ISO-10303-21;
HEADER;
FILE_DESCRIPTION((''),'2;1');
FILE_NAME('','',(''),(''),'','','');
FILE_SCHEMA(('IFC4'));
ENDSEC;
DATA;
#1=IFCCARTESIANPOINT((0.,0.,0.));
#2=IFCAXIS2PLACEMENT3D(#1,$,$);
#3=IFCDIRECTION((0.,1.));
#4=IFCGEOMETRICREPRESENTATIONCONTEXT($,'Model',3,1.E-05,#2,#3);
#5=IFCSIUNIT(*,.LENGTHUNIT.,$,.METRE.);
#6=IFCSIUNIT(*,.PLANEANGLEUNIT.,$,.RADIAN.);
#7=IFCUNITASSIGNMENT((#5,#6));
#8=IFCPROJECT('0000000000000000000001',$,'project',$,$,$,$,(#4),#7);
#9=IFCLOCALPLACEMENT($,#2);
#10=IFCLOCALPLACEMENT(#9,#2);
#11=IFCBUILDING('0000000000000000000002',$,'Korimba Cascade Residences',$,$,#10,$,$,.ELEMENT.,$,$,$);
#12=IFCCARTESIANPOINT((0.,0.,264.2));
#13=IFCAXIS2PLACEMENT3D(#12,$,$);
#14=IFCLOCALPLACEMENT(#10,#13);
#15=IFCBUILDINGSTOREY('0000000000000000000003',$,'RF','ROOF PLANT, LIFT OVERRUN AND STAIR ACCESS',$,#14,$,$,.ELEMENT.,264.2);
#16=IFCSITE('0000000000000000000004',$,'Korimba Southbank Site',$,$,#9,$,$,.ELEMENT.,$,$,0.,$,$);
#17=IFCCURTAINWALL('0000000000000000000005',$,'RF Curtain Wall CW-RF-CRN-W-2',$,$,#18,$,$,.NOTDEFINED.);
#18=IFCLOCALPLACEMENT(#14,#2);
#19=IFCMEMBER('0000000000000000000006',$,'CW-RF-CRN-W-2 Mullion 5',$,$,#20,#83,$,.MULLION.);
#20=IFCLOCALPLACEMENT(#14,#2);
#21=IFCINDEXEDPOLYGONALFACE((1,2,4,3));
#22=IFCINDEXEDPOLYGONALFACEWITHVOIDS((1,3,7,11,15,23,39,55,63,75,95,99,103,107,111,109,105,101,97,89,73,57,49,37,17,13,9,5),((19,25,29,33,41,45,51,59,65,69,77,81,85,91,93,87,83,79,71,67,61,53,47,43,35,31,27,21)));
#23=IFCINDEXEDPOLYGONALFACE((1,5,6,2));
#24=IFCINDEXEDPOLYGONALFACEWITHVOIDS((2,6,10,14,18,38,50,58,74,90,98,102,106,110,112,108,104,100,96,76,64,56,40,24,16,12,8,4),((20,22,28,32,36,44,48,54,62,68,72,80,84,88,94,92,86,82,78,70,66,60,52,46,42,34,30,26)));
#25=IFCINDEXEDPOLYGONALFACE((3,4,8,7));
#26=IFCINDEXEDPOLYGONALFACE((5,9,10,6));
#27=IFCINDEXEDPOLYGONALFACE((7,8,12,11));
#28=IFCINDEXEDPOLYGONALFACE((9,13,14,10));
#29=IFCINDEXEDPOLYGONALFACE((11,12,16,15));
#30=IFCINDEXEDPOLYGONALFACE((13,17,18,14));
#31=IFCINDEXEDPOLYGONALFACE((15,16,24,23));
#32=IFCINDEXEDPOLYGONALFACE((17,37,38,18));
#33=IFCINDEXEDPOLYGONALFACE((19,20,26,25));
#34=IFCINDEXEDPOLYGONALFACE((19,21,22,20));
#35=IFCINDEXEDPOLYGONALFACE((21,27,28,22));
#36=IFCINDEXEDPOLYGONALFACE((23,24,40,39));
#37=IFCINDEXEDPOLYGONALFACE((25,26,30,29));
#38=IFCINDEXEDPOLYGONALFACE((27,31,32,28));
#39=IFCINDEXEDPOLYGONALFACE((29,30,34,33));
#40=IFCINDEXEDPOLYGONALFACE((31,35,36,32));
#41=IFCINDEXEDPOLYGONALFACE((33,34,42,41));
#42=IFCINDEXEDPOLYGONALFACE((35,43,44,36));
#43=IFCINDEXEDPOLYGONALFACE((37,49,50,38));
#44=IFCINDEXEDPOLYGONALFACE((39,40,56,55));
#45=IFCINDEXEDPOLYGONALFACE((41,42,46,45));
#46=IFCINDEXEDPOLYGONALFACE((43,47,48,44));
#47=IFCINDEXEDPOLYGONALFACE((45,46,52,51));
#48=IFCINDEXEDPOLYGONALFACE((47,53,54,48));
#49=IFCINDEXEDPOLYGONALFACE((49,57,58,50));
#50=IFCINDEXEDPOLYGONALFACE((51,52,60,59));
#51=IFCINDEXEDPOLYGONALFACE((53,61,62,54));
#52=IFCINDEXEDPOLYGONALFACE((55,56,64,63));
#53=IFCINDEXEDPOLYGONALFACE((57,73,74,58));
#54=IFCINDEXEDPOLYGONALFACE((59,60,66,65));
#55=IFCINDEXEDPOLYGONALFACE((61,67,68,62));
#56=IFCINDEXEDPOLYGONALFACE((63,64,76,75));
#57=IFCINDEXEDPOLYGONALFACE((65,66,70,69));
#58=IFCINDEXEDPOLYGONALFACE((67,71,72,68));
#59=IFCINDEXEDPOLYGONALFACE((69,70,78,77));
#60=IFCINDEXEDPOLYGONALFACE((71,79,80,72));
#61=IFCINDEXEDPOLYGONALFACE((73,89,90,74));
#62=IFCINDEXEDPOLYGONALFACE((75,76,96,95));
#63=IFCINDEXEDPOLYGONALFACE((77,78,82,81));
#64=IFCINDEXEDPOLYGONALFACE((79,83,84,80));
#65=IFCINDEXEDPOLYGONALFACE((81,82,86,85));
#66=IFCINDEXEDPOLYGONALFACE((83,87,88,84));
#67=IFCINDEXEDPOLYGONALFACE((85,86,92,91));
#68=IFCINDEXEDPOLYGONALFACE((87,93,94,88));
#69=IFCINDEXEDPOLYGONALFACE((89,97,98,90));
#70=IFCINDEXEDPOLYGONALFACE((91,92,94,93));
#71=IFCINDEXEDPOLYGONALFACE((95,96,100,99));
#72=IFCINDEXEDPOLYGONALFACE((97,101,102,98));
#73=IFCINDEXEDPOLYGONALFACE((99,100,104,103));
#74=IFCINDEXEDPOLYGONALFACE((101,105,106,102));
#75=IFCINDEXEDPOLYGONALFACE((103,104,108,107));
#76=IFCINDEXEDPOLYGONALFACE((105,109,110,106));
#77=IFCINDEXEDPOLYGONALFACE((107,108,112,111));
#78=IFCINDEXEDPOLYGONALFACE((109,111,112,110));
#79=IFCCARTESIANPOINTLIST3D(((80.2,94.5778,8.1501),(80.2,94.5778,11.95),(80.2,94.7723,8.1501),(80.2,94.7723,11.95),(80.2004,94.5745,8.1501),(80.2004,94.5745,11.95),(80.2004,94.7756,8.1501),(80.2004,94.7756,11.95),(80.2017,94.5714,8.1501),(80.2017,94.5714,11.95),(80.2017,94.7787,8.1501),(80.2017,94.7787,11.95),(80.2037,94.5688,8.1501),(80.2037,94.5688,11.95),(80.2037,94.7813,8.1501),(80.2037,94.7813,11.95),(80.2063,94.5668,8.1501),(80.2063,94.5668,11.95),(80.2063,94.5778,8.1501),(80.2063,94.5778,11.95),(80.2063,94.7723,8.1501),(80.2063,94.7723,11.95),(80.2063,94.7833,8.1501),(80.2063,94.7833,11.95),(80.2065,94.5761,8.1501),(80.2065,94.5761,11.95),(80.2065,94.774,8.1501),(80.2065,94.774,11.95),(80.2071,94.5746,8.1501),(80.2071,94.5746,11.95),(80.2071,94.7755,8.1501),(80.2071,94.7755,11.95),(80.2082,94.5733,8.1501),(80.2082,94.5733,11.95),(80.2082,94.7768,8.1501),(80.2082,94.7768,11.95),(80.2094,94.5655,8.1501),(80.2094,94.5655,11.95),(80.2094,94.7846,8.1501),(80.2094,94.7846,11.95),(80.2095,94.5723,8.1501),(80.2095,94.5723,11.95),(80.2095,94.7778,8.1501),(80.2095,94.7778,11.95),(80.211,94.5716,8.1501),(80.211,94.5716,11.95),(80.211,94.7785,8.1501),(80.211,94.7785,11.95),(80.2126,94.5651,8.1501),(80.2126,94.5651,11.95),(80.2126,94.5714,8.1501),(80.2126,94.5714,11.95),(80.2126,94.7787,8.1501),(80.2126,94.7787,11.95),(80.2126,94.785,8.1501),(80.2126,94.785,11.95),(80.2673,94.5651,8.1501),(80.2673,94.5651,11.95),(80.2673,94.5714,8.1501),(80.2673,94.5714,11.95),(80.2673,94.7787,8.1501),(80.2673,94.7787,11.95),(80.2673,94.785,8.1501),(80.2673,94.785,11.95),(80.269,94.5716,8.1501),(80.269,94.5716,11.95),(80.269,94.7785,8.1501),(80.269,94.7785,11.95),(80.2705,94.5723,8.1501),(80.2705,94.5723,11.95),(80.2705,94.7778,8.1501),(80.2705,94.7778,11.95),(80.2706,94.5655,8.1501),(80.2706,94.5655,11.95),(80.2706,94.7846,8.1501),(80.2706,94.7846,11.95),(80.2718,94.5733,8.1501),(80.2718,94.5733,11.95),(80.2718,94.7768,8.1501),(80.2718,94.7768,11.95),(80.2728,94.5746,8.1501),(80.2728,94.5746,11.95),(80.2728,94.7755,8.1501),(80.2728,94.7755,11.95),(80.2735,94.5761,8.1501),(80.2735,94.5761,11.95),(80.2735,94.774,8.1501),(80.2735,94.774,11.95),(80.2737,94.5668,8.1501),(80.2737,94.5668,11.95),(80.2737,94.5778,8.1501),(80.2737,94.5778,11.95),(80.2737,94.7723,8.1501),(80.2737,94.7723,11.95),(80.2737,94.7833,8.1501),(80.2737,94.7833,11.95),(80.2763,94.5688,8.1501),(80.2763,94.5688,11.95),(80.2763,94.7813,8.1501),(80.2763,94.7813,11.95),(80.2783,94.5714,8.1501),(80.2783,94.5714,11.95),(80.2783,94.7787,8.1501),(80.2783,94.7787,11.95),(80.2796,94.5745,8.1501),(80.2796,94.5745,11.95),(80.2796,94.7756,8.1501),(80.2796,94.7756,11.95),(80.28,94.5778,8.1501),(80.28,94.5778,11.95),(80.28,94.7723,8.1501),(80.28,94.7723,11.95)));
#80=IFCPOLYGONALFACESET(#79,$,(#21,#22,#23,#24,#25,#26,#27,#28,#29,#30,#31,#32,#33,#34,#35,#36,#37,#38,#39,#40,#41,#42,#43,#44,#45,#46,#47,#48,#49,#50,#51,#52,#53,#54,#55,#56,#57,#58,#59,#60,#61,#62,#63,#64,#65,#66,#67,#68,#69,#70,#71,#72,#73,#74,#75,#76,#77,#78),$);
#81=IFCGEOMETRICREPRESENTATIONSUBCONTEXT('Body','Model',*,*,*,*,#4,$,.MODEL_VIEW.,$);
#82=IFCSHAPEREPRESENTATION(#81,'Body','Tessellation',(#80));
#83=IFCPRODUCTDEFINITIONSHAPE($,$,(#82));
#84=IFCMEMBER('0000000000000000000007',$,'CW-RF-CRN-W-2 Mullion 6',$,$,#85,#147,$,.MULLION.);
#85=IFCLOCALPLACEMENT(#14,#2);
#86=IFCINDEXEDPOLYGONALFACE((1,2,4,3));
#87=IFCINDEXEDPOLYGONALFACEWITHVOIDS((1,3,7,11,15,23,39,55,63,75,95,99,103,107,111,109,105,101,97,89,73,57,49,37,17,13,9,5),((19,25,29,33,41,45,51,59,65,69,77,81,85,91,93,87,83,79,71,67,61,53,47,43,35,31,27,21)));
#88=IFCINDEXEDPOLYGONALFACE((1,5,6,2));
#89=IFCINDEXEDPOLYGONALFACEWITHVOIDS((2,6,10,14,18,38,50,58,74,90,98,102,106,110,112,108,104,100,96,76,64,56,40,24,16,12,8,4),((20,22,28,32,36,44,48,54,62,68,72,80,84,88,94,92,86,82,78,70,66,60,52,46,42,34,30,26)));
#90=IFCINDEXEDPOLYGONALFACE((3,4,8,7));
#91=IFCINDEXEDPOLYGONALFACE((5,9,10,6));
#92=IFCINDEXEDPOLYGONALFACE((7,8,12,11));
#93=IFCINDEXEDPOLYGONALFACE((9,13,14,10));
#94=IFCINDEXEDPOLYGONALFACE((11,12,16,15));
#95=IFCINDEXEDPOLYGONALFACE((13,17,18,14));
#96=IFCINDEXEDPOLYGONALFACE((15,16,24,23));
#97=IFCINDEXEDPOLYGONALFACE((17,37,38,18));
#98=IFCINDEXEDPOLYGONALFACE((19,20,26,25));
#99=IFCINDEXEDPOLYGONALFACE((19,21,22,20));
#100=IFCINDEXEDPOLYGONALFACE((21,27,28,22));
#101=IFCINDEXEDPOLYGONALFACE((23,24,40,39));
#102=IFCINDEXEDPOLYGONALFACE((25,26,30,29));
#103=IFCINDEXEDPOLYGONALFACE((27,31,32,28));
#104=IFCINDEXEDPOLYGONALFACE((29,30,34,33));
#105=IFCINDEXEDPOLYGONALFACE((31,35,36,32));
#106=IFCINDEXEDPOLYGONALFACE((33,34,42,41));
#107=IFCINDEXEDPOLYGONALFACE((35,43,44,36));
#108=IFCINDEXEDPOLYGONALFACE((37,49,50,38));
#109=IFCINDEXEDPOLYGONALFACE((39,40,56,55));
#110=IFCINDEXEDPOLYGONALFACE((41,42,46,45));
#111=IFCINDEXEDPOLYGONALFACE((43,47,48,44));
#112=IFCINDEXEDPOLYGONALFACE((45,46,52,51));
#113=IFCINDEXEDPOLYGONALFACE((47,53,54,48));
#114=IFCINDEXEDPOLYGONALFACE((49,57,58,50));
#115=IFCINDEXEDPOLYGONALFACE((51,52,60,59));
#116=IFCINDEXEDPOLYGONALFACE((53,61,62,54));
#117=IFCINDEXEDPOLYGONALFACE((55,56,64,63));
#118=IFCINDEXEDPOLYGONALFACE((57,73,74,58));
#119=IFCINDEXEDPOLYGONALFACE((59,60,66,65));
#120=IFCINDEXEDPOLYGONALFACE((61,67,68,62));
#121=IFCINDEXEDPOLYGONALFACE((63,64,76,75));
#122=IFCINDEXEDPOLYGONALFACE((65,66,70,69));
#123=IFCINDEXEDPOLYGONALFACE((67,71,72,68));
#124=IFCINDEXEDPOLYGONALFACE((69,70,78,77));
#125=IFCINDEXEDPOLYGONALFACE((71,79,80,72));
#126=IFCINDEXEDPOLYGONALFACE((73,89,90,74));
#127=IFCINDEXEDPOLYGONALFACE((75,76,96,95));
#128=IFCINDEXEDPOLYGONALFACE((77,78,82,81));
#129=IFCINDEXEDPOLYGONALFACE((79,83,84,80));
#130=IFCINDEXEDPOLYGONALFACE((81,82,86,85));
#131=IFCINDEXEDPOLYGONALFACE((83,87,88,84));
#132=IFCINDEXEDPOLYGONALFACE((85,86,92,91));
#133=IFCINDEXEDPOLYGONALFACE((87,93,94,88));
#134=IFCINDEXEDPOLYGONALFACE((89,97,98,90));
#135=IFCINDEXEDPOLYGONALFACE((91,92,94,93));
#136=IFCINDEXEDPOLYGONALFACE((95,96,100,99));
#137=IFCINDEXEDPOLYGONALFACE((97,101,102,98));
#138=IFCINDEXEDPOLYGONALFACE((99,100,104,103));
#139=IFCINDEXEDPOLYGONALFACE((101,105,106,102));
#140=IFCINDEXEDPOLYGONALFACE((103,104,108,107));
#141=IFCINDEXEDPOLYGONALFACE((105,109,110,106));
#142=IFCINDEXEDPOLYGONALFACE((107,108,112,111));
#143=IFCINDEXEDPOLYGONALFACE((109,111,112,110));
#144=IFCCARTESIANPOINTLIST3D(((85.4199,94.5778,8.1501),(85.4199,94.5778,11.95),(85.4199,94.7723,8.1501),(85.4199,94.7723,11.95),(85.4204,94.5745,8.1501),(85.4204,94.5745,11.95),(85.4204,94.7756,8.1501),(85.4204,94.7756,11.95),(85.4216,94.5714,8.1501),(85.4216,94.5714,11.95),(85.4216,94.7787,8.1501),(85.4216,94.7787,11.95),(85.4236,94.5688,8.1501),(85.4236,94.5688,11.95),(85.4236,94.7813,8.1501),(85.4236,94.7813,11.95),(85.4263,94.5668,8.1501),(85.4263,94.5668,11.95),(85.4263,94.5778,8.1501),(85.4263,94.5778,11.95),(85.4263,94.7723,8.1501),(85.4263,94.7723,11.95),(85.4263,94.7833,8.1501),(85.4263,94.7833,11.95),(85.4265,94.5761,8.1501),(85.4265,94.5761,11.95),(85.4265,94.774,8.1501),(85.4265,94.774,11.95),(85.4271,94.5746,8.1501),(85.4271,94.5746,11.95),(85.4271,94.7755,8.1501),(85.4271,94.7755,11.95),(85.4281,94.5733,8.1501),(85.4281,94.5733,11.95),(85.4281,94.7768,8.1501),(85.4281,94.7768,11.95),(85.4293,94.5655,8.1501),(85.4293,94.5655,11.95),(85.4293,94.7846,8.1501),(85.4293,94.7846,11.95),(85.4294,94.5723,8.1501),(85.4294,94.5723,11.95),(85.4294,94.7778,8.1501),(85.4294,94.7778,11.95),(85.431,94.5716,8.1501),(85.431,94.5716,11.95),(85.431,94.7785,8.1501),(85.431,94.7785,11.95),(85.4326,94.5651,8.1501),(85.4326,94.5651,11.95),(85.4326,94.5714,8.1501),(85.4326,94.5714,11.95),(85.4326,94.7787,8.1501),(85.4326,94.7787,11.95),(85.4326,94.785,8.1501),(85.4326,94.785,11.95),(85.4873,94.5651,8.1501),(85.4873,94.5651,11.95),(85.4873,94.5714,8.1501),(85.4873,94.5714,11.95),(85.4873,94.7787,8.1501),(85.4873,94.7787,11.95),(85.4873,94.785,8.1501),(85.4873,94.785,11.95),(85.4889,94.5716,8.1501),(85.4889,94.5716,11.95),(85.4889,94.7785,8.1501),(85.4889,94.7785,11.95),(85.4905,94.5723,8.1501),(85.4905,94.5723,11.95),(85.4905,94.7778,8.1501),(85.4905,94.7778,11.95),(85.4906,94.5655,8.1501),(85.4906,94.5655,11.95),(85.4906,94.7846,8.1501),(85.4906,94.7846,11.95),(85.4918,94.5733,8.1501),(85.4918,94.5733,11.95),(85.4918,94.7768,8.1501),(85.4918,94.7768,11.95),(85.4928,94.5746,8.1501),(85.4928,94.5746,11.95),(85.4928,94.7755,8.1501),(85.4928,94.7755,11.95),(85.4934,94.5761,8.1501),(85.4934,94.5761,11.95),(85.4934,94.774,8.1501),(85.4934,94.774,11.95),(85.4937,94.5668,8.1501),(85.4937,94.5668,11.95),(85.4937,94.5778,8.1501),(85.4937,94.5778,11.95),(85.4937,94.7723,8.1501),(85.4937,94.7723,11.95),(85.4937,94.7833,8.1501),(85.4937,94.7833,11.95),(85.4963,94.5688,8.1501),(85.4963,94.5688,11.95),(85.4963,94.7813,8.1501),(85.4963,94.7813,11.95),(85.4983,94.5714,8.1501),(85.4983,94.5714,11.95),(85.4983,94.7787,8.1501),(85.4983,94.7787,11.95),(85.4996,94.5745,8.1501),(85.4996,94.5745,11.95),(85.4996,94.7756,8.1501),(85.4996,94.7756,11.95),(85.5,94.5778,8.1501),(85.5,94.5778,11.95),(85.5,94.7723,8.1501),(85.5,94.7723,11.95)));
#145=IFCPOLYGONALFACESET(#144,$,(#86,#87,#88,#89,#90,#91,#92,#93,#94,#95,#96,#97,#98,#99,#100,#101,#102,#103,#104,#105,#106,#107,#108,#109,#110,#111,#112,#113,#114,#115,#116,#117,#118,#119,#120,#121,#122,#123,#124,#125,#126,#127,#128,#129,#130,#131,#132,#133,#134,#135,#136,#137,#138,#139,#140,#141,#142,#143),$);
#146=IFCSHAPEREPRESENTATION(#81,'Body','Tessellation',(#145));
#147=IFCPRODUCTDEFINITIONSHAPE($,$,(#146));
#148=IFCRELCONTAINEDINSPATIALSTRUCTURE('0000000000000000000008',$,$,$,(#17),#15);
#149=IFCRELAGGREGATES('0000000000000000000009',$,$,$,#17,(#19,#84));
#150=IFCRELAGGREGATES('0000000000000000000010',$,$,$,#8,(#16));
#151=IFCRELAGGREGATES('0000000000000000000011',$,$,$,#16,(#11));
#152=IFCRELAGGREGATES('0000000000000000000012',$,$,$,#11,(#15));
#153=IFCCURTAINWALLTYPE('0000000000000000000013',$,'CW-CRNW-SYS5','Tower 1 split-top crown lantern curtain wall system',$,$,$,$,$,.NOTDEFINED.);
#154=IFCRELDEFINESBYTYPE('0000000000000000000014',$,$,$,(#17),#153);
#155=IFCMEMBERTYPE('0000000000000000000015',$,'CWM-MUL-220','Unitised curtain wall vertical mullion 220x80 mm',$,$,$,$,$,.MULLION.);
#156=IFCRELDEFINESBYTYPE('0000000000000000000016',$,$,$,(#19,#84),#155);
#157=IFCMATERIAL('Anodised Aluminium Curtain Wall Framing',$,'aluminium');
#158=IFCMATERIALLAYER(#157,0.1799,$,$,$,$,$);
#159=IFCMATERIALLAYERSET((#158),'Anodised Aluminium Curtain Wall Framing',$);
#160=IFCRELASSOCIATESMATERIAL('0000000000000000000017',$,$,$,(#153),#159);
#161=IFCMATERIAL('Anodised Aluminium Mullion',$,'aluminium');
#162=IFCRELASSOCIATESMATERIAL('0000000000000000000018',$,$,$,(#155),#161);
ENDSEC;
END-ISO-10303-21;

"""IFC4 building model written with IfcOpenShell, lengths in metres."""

from ifc_helpers import new_model, si_unit, direction, frame, origin, origin_2d, place, context, subcontext, project, spatial, hollow_rectangle, extrude, material, layer, layer_set, material_profile, profile_set, type_object, element, aggregate, save


model = new_model("IFC4")

# Units and contexts
model_context = context("Model", 3, precision=1e-05, world=origin(), true_north=direction((0.0, 1.0)))
body_context = subcontext(model_context, "Body", "Model", "MODEL_VIEW")
ifc_project = project(units=[si_unit("LENGTHUNIT", "METRE"), si_unit("PLANEANGLEUNIT", "RADIAN")], contexts=[model_context])

# Site, building, storey
site_placement = place(None, origin())
site = spatial("IfcSite", under=ifc_project, at=site_placement, Name="Korimba Southbank Site", CompositionType="ELEMENT", RefElevation=0.0)
building_placement = place(site_placement, origin())
building = spatial("IfcBuilding", under=site, at=building_placement, Name="Korimba Cascade Residences", CompositionType="ELEMENT")
storey_placement = place(building_placement, frame((0.0, 0.0, 264.2)))
storey = spatial("IfcBuildingStorey", under=building, at=storey_placement, Name="RF", Description="ROOF PLANT, LIFT OVERRUN AND STAIR ACCESS", CompositionType="ELEMENT", Elevation=264.2)

# Curtain wall, members
ifc_material_1 = material(Name="Anodised Aluminium Curtain Wall Framing", Category="aluminium")
ifc_layer_1 = layer(ifc_material_1, 0.1799)
ifc_layer_set_1 = layer_set([ifc_layer_1], Name="Anodised Aluminium Curtain Wall Framing")
curtain_wall_type = type_object("IfcCurtainWallType", Name="CW-CRNW-SYS5", Description="Tower 1 split-top crown lantern curtain wall system", PredefinedType="NOTDEFINED", material=ifc_layer_set_1)
curtain_wall_placement = place(storey_placement, origin())
curtain_wall = element("IfcCurtainWall", 1, at=curtain_wall_placement, inside=storey, type_object=curtain_wall_type, Name="RF Curtain Wall CW-RF-CRN-W-2", PredefinedType="NOTDEFINED")
ifc_material_2 = material(Name="Anodised Aluminium Mullion", Category="aluminium")
ifc_material_profile_1 = material_profile(ifc_material_2, hollow_rectangle(XDim=0.0801, YDim=0.22, WallThickness=0.0063, InnerFilletRadius=0.0063, OuterFilletRadius=0.0127, at=origin_2d()), Name="Anodised Aluminium Mullion")
ifc_profile_set_1 = profile_set([ifc_material_profile_1], Name="Anodised Aluminium Mullion")
member_type_1 = type_object("IfcMemberType", Name="CWM-MUL-220", Description="Unitised curtain wall vertical mullion 220x80 mm", PredefinedType="MULLION", material=ifc_profile_set_1)
member_1_placement = place(storey_placement, frame((80.24, 94.675, 8.1501), z_axis=(0.0, 0.0, 1.0), x_axis=(1.0, 0.0, 0.0)))
member_1 = element("IfcMember", 2, at=member_1_placement, type_object=member_type_1, Name="CW-RF-CRN-W-2 Mullion 5", PredefinedType="MULLION", context=body_context, shape_type="SweptSolid", body=[
    extrude(hollow_rectangle(XDim=0.0801, YDim=0.22, WallThickness=0.0063, InnerFilletRadius=0.0063, OuterFilletRadius=0.0127, at=origin_2d()), origin(), (0.0, 0.0, 1.0), 3.7998),
])
member_2_placement = place(storey_placement, frame((85.46, 94.675, 8.1501), z_axis=(0.0, 0.0, 1.0), x_axis=(1.0, 0.0, 0.0)))
member_2 = element("IfcMember", 3, at=member_2_placement, type_object=member_type_1, Name="CW-RF-CRN-W-2 Mullion 6", PredefinedType="MULLION", context=body_context, shape_type="SweptSolid", body=[
    extrude(hollow_rectangle(XDim=0.0801, YDim=0.22, WallThickness=0.0063, InnerFilletRadius=0.0063, OuterFilletRadius=0.0127, at=origin_2d()), origin(), (0.0, 0.0, 1.0), 3.7998),
])

aggregate(curtain_wall, [member_1, member_2])

save(model, "model.ifc")
